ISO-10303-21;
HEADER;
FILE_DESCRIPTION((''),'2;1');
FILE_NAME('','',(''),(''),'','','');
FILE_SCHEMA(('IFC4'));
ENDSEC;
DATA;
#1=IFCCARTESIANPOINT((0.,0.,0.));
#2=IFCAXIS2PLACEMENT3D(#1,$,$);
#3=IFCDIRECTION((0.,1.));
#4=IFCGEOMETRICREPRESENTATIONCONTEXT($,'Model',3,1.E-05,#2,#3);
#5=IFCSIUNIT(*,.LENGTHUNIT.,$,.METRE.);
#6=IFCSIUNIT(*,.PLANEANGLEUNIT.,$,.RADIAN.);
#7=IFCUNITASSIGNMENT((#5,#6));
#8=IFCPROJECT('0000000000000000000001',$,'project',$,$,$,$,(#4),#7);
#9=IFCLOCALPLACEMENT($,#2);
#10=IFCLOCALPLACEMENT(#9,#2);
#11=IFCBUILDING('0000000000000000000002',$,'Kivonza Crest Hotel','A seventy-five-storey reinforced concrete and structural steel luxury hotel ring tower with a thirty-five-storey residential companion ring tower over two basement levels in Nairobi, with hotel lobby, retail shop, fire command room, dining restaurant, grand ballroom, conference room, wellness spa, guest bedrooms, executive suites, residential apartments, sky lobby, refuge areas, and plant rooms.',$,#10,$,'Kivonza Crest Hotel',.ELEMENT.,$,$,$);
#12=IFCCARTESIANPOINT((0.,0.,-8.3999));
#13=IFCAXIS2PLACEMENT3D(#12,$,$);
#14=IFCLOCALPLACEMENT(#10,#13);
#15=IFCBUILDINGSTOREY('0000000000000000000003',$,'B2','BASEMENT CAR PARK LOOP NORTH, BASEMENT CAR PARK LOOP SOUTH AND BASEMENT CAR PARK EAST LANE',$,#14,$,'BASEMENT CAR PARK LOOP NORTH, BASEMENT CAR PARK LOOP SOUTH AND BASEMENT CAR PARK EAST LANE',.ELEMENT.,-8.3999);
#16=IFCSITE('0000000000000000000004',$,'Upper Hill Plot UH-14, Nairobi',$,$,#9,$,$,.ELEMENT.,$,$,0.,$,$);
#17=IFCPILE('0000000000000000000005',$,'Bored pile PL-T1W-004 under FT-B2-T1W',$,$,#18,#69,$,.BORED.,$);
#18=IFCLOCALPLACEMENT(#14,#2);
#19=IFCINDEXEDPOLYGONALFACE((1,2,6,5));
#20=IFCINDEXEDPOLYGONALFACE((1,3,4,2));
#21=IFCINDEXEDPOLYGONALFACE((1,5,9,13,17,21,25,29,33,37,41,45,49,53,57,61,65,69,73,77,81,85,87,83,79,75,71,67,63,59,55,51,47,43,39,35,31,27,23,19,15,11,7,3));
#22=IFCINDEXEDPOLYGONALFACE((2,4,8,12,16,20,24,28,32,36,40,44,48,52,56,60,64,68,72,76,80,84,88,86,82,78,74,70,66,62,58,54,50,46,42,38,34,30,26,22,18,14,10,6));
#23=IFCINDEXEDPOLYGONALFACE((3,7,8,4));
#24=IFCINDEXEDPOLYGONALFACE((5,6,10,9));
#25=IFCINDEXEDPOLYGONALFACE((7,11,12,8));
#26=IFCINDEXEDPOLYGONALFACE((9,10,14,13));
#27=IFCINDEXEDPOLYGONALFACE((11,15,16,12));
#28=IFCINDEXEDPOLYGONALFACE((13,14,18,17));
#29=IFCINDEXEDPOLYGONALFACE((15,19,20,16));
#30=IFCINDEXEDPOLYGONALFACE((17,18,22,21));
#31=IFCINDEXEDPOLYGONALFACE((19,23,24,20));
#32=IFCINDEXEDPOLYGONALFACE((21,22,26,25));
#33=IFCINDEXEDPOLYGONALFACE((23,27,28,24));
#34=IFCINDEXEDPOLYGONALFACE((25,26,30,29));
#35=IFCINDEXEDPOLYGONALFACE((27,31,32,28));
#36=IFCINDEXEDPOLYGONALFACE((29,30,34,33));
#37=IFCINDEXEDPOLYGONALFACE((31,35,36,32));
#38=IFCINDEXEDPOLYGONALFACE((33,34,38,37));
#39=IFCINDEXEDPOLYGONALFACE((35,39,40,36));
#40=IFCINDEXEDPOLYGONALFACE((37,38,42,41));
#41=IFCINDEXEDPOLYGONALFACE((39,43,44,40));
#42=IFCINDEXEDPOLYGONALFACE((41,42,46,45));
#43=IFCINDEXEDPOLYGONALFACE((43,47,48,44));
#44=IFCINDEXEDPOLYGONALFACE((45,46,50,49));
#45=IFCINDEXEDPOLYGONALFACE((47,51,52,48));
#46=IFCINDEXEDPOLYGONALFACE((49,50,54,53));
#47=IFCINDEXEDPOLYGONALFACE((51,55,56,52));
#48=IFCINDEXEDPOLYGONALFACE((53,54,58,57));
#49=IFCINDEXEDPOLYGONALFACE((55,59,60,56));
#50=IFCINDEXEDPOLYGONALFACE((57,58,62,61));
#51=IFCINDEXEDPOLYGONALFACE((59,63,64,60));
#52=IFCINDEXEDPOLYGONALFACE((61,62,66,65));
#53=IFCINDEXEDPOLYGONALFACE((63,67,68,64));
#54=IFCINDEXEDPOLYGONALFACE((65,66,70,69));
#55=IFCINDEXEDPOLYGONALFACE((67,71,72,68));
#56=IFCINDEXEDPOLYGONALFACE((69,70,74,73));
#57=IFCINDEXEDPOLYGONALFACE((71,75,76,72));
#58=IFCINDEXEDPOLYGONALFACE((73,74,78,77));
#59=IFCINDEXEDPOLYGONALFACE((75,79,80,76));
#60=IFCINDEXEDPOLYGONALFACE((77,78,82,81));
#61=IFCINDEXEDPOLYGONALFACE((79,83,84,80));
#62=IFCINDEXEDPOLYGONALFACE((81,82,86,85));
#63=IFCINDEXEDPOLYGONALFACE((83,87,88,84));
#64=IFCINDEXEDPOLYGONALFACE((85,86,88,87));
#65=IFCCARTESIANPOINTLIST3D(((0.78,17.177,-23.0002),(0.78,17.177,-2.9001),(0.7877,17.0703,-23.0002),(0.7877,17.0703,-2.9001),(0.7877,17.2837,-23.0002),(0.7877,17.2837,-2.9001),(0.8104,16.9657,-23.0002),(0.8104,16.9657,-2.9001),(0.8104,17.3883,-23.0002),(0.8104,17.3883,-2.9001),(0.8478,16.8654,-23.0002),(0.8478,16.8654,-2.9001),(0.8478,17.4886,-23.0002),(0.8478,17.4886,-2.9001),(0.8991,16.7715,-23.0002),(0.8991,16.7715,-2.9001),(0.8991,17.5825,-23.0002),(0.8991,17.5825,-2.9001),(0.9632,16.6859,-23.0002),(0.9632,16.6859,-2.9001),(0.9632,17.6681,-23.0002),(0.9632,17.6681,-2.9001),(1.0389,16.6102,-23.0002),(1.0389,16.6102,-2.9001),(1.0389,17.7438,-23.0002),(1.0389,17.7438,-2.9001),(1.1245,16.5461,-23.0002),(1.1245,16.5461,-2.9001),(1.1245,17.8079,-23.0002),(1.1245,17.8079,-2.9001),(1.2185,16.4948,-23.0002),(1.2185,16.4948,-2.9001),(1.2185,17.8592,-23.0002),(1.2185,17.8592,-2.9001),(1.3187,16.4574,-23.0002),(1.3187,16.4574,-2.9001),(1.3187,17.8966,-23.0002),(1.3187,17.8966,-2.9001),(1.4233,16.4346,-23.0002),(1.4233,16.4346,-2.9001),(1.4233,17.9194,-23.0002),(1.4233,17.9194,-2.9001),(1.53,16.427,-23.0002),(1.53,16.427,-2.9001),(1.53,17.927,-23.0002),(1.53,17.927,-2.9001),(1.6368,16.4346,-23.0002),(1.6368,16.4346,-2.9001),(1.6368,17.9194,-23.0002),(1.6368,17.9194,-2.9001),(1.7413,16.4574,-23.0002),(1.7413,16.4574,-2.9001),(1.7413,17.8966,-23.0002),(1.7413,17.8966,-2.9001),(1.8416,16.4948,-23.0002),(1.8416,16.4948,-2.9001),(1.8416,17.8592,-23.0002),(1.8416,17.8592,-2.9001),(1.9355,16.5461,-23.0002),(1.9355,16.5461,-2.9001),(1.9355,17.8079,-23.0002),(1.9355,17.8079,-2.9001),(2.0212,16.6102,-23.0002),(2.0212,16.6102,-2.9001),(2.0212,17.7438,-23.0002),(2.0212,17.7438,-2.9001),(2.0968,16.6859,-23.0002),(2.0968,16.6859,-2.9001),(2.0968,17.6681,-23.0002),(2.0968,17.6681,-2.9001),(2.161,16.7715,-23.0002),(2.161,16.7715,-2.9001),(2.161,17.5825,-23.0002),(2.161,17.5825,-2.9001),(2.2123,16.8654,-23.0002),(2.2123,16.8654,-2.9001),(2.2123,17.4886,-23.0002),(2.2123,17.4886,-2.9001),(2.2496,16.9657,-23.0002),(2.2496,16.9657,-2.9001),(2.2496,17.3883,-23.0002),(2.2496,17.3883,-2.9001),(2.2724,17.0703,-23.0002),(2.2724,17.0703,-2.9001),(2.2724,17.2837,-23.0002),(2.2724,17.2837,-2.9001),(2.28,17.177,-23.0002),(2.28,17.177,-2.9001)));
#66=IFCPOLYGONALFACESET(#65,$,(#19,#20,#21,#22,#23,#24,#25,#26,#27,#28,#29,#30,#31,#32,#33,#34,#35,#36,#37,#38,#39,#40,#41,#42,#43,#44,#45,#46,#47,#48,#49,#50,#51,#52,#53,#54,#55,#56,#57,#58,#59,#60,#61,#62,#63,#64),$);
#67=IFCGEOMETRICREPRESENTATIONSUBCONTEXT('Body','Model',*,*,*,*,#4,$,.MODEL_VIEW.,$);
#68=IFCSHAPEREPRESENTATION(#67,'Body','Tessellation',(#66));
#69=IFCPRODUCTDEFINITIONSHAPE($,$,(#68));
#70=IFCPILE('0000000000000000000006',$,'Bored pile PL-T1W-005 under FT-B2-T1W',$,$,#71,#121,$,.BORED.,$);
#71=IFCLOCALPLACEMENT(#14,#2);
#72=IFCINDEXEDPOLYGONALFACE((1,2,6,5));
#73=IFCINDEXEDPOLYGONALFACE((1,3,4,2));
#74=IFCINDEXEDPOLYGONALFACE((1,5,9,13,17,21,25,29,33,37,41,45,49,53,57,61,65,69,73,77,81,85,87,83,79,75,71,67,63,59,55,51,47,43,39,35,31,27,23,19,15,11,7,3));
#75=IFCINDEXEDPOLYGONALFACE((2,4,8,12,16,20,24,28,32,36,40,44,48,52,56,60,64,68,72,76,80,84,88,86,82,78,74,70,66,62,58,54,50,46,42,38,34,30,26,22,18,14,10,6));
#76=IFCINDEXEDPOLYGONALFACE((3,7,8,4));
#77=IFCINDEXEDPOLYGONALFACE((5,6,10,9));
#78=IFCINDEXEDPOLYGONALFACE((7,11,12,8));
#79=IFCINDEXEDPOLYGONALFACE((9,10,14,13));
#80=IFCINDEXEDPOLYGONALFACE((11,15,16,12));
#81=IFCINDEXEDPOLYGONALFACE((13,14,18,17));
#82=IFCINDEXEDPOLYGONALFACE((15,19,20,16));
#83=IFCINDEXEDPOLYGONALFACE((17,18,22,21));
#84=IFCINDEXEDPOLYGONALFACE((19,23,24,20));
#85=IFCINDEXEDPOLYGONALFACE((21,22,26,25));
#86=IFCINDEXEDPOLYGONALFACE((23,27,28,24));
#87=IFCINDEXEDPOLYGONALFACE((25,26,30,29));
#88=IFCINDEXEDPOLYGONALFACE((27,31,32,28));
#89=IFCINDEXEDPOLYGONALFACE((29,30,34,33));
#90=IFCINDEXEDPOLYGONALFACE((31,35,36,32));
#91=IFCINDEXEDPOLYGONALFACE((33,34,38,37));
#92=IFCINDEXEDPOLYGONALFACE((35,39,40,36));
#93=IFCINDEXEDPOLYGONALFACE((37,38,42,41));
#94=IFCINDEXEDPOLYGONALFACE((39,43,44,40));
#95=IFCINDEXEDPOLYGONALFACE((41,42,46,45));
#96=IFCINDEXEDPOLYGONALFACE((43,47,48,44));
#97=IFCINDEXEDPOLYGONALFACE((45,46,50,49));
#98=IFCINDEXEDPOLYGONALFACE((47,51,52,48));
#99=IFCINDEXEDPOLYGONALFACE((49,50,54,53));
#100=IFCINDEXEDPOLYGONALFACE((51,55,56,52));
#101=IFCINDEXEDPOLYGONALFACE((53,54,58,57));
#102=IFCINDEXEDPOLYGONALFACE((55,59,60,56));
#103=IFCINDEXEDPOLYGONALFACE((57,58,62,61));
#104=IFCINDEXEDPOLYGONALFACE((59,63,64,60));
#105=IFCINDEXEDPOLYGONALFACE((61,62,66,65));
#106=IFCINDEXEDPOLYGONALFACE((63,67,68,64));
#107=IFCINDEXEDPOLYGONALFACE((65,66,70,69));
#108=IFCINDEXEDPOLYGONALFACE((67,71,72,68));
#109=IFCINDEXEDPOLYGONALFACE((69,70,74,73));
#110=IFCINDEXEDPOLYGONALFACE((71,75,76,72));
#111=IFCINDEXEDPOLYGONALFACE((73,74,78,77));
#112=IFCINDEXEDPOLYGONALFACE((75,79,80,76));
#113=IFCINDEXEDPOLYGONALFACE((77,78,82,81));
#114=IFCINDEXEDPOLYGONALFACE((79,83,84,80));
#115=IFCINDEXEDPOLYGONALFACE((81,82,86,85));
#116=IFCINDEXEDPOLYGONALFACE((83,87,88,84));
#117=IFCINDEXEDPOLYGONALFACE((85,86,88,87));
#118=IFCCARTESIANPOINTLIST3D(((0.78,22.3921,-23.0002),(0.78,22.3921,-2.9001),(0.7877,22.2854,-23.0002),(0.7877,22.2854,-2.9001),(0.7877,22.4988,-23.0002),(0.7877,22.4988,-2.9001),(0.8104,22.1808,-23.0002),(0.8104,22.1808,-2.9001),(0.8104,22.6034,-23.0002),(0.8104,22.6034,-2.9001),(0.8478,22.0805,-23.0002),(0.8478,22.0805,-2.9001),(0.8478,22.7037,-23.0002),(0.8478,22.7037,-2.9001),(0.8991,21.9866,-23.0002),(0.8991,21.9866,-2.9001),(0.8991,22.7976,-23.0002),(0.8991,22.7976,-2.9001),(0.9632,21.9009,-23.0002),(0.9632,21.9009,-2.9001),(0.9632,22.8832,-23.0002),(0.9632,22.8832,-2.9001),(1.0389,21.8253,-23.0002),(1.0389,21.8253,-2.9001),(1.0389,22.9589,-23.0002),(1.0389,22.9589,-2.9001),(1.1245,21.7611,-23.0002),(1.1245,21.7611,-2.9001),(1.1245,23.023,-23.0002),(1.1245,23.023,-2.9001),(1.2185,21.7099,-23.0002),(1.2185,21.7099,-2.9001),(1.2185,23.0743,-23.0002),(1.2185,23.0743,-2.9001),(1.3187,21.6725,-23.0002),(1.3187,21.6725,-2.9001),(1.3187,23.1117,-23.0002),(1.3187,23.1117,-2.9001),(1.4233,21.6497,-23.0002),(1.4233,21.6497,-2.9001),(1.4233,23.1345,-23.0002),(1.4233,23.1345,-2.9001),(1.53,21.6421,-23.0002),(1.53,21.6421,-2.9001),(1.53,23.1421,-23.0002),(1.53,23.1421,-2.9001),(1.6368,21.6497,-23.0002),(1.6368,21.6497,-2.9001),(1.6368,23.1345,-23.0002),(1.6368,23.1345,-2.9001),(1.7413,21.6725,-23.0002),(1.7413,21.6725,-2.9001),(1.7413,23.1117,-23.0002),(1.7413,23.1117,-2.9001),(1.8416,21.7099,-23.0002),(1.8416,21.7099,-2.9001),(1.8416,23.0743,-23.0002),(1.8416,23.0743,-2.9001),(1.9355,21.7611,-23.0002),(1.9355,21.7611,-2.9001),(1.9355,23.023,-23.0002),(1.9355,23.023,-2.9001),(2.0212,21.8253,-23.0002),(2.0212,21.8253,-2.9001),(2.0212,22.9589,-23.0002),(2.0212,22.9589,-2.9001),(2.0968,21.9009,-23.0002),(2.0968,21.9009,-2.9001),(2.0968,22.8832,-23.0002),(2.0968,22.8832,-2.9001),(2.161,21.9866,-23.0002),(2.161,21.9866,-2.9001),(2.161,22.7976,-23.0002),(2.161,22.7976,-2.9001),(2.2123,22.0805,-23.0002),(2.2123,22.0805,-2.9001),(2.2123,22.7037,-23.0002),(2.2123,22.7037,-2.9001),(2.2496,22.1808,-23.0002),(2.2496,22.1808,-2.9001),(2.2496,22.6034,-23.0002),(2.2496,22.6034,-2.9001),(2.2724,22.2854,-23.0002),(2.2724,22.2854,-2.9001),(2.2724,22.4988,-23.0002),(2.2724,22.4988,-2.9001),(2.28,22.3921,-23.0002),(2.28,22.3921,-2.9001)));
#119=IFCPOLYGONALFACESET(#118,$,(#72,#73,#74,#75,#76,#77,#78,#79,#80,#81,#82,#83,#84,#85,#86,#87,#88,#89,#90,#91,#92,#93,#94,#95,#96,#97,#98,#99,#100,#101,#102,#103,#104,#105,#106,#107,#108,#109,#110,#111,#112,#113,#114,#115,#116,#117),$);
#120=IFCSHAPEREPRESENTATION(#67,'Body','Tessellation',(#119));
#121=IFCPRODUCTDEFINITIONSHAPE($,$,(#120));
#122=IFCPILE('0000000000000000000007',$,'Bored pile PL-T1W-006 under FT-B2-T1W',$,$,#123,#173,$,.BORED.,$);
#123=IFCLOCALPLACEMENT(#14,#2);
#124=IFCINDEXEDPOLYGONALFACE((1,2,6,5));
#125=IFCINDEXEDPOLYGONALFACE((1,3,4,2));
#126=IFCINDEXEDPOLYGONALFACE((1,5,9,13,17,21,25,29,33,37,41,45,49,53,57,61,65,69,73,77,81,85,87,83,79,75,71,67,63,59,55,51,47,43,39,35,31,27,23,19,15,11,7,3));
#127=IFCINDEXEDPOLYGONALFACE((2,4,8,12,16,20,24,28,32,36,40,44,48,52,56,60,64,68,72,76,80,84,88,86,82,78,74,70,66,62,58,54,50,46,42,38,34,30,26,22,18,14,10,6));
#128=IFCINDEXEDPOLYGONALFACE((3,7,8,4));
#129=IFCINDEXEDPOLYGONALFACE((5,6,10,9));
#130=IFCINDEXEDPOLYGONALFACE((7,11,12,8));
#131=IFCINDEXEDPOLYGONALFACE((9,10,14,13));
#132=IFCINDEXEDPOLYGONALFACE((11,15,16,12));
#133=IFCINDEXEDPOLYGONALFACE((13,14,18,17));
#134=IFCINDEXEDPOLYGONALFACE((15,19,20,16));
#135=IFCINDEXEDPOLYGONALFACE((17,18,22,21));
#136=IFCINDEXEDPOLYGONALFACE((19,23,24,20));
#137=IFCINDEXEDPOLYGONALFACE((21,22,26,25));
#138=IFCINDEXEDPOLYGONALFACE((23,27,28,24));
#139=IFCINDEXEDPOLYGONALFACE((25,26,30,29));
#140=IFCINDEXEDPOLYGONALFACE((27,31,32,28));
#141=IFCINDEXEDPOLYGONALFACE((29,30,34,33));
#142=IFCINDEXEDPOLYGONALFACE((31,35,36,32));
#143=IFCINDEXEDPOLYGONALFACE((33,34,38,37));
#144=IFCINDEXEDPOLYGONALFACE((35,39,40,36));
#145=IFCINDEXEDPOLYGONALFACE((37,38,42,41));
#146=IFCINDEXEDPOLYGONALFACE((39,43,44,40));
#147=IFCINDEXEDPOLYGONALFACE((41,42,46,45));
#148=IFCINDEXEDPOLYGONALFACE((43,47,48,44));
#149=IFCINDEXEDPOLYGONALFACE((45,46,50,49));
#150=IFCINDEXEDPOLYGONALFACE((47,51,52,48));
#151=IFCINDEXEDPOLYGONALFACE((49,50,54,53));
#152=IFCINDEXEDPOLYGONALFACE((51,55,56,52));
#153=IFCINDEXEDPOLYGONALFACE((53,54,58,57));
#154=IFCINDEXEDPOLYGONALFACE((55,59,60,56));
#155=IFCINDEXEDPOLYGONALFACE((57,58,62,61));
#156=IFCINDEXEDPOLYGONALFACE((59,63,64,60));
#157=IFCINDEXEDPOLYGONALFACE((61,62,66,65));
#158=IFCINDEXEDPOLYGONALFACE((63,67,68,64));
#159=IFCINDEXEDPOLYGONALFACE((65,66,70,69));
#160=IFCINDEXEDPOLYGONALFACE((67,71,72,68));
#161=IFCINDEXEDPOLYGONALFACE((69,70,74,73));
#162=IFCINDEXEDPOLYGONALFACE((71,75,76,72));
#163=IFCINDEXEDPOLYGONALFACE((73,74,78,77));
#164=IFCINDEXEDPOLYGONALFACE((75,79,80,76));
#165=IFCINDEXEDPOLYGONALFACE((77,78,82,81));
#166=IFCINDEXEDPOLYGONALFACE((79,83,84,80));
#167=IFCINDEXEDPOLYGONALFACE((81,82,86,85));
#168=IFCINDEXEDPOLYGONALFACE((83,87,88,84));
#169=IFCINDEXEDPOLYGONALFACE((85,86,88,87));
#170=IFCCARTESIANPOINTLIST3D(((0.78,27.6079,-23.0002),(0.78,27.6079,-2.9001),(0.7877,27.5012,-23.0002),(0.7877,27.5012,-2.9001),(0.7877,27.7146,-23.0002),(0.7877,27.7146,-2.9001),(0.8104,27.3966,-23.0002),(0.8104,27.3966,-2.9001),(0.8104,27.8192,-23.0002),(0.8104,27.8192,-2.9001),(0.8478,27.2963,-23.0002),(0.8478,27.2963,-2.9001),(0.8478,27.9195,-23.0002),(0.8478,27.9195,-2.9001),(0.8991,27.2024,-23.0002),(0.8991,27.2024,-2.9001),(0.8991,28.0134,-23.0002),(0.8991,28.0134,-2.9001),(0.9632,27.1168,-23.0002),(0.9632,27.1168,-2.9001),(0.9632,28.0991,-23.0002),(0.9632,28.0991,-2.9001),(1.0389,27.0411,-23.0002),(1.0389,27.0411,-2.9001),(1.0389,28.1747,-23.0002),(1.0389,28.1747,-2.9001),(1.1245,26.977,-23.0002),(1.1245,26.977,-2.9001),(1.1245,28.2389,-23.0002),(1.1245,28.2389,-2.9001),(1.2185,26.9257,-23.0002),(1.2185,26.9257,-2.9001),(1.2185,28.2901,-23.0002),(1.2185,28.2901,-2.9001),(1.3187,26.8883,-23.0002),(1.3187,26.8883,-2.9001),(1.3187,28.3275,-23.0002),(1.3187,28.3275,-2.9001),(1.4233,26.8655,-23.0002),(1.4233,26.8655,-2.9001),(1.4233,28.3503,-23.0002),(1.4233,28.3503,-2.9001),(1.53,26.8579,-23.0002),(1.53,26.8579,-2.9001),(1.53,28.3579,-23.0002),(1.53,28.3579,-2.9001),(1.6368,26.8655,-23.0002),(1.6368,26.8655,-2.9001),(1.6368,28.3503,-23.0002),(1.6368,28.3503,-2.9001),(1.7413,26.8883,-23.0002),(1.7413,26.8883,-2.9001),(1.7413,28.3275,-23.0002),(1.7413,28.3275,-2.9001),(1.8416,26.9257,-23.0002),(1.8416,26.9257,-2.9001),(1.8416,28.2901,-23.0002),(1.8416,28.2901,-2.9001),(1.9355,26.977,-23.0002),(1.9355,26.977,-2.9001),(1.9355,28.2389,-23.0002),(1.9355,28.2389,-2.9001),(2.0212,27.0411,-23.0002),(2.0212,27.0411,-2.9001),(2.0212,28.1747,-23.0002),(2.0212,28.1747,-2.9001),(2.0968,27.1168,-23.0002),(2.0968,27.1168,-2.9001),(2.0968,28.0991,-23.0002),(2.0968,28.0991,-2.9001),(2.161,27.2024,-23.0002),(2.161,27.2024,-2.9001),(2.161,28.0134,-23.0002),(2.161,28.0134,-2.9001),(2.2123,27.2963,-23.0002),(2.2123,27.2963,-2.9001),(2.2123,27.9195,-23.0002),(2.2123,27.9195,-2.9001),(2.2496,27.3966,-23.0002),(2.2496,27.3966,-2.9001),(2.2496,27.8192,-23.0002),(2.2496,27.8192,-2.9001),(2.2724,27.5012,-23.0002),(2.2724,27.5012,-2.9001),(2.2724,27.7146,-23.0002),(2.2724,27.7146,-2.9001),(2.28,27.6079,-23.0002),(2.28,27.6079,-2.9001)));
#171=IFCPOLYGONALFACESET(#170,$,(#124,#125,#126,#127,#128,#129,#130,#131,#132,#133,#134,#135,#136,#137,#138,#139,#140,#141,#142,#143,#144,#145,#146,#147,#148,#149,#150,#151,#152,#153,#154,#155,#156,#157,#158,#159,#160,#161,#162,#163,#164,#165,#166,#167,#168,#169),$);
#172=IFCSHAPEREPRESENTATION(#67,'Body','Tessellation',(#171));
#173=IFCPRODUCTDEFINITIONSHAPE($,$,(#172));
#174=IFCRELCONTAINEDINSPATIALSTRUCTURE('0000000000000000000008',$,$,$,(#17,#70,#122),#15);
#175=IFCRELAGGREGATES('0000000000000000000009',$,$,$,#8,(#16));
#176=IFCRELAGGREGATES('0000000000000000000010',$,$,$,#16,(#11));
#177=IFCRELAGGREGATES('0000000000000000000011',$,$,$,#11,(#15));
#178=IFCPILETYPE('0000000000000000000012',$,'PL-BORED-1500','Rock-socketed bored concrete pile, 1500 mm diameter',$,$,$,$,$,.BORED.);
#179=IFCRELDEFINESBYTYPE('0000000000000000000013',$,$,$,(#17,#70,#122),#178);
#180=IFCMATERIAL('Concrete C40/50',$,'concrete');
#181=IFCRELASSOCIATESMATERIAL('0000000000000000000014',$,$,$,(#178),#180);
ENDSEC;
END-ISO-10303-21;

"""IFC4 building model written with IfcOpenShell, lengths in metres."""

from ifc_helpers import new_model, si_unit, direction, frame, origin, origin_2d, place, context, subcontext, project, spatial, circle, extrude, material, material_profile, profile_set, type_object, element, save


model = new_model("IFC4")

# Units and contexts
model_context = context("Model", 3, precision=1e-05, world=origin(), true_north=direction((0.0, 1.0)))
body_context = subcontext(model_context, "Body", "Model", "MODEL_VIEW")
ifc_project = project(units=[si_unit("LENGTHUNIT", "METRE"), si_unit("PLANEANGLEUNIT", "RADIAN")], contexts=[model_context])

# Site, building, storey
site_placement = place(None, origin())
site = spatial("IfcSite", under=ifc_project, at=site_placement, Name="Upper Hill Plot UH-14, Nairobi", CompositionType="ELEMENT", RefElevation=0.0)
building_placement = place(site_placement, origin())
building = spatial("IfcBuilding", under=site, at=building_placement, Name="Kivonza Crest Hotel", Description="A seventy-five-storey reinforced concrete and structural steel luxury hotel ring tower with a thirty-five-storey residential companion ring tower over two basement levels in Nairobi, with hotel lobby, retail shop, fire command room, dining restaurant, grand ballroom, conference room, wellness spa, guest bedrooms, executive suites, residential apartments, sky lobby, refuge areas, and plant rooms.", LongName="Kivonza Crest Hotel", CompositionType="ELEMENT")
storey_placement = place(building_placement, frame((0.0, 0.0, -8.3999)))
storey = spatial("IfcBuildingStorey", under=building, at=storey_placement, Name="B2", Description="BASEMENT CAR PARK LOOP NORTH, BASEMENT CAR PARK LOOP SOUTH AND BASEMENT CAR PARK EAST LANE", LongName="BASEMENT CAR PARK LOOP NORTH, BASEMENT CAR PARK LOOP SOUTH AND BASEMENT CAR PARK EAST LANE", CompositionType="ELEMENT", Elevation=-8.3999)

# Piles
ifc_material_1 = material(Name="Concrete C40/50", Category="concrete")
ifc_material_profile_1 = material_profile(ifc_material_1, circle(Radius=0.75, at=origin_2d()), Name="PILE D1500")
ifc_profile_set_1 = profile_set([ifc_material_profile_1], Name="Concrete C40/50")
pile_type = type_object("IfcPileType", Name="PL-BORED-1500", Description="Rock-socketed bored concrete pile, 1500 mm diameter", PredefinedType="BORED", material=ifc_profile_set_1)
for number, where, z_axis, x_axis, name in (
    (1, (1.53, 17.177, -2.9001), (0.0, 0.0, -1.0), (1.0, 0.0, 0.0), "Bored pile PL-T1W-004 under FT-B2-T1W"),
    (2, (1.53, 22.3921, -2.9001), (0.0, 0.0, -1.0), (1.0, 0.0, 0.0), "Bored pile PL-T1W-005 under FT-B2-T1W"),
    (3, (1.53, 27.6079, -2.9001), (0.0, 0.0, -1.0), (1.0, 0.0, 0.0), "Bored pile PL-T1W-006 under FT-B2-T1W"),
):
    element("IfcPile", number, at=place(storey_placement, frame(where, z_axis=z_axis, x_axis=x_axis)), inside=storey, type_object=pile_type, Name=name, PredefinedType="BORED", context=body_context, shape_type="SweptSolid", body=[
        extrude(circle(Radius=0.75, at=origin_2d()), origin(), (0.0, 0.0, 1.0), 20.1001),
    ])

save(model, "model.ifc")
